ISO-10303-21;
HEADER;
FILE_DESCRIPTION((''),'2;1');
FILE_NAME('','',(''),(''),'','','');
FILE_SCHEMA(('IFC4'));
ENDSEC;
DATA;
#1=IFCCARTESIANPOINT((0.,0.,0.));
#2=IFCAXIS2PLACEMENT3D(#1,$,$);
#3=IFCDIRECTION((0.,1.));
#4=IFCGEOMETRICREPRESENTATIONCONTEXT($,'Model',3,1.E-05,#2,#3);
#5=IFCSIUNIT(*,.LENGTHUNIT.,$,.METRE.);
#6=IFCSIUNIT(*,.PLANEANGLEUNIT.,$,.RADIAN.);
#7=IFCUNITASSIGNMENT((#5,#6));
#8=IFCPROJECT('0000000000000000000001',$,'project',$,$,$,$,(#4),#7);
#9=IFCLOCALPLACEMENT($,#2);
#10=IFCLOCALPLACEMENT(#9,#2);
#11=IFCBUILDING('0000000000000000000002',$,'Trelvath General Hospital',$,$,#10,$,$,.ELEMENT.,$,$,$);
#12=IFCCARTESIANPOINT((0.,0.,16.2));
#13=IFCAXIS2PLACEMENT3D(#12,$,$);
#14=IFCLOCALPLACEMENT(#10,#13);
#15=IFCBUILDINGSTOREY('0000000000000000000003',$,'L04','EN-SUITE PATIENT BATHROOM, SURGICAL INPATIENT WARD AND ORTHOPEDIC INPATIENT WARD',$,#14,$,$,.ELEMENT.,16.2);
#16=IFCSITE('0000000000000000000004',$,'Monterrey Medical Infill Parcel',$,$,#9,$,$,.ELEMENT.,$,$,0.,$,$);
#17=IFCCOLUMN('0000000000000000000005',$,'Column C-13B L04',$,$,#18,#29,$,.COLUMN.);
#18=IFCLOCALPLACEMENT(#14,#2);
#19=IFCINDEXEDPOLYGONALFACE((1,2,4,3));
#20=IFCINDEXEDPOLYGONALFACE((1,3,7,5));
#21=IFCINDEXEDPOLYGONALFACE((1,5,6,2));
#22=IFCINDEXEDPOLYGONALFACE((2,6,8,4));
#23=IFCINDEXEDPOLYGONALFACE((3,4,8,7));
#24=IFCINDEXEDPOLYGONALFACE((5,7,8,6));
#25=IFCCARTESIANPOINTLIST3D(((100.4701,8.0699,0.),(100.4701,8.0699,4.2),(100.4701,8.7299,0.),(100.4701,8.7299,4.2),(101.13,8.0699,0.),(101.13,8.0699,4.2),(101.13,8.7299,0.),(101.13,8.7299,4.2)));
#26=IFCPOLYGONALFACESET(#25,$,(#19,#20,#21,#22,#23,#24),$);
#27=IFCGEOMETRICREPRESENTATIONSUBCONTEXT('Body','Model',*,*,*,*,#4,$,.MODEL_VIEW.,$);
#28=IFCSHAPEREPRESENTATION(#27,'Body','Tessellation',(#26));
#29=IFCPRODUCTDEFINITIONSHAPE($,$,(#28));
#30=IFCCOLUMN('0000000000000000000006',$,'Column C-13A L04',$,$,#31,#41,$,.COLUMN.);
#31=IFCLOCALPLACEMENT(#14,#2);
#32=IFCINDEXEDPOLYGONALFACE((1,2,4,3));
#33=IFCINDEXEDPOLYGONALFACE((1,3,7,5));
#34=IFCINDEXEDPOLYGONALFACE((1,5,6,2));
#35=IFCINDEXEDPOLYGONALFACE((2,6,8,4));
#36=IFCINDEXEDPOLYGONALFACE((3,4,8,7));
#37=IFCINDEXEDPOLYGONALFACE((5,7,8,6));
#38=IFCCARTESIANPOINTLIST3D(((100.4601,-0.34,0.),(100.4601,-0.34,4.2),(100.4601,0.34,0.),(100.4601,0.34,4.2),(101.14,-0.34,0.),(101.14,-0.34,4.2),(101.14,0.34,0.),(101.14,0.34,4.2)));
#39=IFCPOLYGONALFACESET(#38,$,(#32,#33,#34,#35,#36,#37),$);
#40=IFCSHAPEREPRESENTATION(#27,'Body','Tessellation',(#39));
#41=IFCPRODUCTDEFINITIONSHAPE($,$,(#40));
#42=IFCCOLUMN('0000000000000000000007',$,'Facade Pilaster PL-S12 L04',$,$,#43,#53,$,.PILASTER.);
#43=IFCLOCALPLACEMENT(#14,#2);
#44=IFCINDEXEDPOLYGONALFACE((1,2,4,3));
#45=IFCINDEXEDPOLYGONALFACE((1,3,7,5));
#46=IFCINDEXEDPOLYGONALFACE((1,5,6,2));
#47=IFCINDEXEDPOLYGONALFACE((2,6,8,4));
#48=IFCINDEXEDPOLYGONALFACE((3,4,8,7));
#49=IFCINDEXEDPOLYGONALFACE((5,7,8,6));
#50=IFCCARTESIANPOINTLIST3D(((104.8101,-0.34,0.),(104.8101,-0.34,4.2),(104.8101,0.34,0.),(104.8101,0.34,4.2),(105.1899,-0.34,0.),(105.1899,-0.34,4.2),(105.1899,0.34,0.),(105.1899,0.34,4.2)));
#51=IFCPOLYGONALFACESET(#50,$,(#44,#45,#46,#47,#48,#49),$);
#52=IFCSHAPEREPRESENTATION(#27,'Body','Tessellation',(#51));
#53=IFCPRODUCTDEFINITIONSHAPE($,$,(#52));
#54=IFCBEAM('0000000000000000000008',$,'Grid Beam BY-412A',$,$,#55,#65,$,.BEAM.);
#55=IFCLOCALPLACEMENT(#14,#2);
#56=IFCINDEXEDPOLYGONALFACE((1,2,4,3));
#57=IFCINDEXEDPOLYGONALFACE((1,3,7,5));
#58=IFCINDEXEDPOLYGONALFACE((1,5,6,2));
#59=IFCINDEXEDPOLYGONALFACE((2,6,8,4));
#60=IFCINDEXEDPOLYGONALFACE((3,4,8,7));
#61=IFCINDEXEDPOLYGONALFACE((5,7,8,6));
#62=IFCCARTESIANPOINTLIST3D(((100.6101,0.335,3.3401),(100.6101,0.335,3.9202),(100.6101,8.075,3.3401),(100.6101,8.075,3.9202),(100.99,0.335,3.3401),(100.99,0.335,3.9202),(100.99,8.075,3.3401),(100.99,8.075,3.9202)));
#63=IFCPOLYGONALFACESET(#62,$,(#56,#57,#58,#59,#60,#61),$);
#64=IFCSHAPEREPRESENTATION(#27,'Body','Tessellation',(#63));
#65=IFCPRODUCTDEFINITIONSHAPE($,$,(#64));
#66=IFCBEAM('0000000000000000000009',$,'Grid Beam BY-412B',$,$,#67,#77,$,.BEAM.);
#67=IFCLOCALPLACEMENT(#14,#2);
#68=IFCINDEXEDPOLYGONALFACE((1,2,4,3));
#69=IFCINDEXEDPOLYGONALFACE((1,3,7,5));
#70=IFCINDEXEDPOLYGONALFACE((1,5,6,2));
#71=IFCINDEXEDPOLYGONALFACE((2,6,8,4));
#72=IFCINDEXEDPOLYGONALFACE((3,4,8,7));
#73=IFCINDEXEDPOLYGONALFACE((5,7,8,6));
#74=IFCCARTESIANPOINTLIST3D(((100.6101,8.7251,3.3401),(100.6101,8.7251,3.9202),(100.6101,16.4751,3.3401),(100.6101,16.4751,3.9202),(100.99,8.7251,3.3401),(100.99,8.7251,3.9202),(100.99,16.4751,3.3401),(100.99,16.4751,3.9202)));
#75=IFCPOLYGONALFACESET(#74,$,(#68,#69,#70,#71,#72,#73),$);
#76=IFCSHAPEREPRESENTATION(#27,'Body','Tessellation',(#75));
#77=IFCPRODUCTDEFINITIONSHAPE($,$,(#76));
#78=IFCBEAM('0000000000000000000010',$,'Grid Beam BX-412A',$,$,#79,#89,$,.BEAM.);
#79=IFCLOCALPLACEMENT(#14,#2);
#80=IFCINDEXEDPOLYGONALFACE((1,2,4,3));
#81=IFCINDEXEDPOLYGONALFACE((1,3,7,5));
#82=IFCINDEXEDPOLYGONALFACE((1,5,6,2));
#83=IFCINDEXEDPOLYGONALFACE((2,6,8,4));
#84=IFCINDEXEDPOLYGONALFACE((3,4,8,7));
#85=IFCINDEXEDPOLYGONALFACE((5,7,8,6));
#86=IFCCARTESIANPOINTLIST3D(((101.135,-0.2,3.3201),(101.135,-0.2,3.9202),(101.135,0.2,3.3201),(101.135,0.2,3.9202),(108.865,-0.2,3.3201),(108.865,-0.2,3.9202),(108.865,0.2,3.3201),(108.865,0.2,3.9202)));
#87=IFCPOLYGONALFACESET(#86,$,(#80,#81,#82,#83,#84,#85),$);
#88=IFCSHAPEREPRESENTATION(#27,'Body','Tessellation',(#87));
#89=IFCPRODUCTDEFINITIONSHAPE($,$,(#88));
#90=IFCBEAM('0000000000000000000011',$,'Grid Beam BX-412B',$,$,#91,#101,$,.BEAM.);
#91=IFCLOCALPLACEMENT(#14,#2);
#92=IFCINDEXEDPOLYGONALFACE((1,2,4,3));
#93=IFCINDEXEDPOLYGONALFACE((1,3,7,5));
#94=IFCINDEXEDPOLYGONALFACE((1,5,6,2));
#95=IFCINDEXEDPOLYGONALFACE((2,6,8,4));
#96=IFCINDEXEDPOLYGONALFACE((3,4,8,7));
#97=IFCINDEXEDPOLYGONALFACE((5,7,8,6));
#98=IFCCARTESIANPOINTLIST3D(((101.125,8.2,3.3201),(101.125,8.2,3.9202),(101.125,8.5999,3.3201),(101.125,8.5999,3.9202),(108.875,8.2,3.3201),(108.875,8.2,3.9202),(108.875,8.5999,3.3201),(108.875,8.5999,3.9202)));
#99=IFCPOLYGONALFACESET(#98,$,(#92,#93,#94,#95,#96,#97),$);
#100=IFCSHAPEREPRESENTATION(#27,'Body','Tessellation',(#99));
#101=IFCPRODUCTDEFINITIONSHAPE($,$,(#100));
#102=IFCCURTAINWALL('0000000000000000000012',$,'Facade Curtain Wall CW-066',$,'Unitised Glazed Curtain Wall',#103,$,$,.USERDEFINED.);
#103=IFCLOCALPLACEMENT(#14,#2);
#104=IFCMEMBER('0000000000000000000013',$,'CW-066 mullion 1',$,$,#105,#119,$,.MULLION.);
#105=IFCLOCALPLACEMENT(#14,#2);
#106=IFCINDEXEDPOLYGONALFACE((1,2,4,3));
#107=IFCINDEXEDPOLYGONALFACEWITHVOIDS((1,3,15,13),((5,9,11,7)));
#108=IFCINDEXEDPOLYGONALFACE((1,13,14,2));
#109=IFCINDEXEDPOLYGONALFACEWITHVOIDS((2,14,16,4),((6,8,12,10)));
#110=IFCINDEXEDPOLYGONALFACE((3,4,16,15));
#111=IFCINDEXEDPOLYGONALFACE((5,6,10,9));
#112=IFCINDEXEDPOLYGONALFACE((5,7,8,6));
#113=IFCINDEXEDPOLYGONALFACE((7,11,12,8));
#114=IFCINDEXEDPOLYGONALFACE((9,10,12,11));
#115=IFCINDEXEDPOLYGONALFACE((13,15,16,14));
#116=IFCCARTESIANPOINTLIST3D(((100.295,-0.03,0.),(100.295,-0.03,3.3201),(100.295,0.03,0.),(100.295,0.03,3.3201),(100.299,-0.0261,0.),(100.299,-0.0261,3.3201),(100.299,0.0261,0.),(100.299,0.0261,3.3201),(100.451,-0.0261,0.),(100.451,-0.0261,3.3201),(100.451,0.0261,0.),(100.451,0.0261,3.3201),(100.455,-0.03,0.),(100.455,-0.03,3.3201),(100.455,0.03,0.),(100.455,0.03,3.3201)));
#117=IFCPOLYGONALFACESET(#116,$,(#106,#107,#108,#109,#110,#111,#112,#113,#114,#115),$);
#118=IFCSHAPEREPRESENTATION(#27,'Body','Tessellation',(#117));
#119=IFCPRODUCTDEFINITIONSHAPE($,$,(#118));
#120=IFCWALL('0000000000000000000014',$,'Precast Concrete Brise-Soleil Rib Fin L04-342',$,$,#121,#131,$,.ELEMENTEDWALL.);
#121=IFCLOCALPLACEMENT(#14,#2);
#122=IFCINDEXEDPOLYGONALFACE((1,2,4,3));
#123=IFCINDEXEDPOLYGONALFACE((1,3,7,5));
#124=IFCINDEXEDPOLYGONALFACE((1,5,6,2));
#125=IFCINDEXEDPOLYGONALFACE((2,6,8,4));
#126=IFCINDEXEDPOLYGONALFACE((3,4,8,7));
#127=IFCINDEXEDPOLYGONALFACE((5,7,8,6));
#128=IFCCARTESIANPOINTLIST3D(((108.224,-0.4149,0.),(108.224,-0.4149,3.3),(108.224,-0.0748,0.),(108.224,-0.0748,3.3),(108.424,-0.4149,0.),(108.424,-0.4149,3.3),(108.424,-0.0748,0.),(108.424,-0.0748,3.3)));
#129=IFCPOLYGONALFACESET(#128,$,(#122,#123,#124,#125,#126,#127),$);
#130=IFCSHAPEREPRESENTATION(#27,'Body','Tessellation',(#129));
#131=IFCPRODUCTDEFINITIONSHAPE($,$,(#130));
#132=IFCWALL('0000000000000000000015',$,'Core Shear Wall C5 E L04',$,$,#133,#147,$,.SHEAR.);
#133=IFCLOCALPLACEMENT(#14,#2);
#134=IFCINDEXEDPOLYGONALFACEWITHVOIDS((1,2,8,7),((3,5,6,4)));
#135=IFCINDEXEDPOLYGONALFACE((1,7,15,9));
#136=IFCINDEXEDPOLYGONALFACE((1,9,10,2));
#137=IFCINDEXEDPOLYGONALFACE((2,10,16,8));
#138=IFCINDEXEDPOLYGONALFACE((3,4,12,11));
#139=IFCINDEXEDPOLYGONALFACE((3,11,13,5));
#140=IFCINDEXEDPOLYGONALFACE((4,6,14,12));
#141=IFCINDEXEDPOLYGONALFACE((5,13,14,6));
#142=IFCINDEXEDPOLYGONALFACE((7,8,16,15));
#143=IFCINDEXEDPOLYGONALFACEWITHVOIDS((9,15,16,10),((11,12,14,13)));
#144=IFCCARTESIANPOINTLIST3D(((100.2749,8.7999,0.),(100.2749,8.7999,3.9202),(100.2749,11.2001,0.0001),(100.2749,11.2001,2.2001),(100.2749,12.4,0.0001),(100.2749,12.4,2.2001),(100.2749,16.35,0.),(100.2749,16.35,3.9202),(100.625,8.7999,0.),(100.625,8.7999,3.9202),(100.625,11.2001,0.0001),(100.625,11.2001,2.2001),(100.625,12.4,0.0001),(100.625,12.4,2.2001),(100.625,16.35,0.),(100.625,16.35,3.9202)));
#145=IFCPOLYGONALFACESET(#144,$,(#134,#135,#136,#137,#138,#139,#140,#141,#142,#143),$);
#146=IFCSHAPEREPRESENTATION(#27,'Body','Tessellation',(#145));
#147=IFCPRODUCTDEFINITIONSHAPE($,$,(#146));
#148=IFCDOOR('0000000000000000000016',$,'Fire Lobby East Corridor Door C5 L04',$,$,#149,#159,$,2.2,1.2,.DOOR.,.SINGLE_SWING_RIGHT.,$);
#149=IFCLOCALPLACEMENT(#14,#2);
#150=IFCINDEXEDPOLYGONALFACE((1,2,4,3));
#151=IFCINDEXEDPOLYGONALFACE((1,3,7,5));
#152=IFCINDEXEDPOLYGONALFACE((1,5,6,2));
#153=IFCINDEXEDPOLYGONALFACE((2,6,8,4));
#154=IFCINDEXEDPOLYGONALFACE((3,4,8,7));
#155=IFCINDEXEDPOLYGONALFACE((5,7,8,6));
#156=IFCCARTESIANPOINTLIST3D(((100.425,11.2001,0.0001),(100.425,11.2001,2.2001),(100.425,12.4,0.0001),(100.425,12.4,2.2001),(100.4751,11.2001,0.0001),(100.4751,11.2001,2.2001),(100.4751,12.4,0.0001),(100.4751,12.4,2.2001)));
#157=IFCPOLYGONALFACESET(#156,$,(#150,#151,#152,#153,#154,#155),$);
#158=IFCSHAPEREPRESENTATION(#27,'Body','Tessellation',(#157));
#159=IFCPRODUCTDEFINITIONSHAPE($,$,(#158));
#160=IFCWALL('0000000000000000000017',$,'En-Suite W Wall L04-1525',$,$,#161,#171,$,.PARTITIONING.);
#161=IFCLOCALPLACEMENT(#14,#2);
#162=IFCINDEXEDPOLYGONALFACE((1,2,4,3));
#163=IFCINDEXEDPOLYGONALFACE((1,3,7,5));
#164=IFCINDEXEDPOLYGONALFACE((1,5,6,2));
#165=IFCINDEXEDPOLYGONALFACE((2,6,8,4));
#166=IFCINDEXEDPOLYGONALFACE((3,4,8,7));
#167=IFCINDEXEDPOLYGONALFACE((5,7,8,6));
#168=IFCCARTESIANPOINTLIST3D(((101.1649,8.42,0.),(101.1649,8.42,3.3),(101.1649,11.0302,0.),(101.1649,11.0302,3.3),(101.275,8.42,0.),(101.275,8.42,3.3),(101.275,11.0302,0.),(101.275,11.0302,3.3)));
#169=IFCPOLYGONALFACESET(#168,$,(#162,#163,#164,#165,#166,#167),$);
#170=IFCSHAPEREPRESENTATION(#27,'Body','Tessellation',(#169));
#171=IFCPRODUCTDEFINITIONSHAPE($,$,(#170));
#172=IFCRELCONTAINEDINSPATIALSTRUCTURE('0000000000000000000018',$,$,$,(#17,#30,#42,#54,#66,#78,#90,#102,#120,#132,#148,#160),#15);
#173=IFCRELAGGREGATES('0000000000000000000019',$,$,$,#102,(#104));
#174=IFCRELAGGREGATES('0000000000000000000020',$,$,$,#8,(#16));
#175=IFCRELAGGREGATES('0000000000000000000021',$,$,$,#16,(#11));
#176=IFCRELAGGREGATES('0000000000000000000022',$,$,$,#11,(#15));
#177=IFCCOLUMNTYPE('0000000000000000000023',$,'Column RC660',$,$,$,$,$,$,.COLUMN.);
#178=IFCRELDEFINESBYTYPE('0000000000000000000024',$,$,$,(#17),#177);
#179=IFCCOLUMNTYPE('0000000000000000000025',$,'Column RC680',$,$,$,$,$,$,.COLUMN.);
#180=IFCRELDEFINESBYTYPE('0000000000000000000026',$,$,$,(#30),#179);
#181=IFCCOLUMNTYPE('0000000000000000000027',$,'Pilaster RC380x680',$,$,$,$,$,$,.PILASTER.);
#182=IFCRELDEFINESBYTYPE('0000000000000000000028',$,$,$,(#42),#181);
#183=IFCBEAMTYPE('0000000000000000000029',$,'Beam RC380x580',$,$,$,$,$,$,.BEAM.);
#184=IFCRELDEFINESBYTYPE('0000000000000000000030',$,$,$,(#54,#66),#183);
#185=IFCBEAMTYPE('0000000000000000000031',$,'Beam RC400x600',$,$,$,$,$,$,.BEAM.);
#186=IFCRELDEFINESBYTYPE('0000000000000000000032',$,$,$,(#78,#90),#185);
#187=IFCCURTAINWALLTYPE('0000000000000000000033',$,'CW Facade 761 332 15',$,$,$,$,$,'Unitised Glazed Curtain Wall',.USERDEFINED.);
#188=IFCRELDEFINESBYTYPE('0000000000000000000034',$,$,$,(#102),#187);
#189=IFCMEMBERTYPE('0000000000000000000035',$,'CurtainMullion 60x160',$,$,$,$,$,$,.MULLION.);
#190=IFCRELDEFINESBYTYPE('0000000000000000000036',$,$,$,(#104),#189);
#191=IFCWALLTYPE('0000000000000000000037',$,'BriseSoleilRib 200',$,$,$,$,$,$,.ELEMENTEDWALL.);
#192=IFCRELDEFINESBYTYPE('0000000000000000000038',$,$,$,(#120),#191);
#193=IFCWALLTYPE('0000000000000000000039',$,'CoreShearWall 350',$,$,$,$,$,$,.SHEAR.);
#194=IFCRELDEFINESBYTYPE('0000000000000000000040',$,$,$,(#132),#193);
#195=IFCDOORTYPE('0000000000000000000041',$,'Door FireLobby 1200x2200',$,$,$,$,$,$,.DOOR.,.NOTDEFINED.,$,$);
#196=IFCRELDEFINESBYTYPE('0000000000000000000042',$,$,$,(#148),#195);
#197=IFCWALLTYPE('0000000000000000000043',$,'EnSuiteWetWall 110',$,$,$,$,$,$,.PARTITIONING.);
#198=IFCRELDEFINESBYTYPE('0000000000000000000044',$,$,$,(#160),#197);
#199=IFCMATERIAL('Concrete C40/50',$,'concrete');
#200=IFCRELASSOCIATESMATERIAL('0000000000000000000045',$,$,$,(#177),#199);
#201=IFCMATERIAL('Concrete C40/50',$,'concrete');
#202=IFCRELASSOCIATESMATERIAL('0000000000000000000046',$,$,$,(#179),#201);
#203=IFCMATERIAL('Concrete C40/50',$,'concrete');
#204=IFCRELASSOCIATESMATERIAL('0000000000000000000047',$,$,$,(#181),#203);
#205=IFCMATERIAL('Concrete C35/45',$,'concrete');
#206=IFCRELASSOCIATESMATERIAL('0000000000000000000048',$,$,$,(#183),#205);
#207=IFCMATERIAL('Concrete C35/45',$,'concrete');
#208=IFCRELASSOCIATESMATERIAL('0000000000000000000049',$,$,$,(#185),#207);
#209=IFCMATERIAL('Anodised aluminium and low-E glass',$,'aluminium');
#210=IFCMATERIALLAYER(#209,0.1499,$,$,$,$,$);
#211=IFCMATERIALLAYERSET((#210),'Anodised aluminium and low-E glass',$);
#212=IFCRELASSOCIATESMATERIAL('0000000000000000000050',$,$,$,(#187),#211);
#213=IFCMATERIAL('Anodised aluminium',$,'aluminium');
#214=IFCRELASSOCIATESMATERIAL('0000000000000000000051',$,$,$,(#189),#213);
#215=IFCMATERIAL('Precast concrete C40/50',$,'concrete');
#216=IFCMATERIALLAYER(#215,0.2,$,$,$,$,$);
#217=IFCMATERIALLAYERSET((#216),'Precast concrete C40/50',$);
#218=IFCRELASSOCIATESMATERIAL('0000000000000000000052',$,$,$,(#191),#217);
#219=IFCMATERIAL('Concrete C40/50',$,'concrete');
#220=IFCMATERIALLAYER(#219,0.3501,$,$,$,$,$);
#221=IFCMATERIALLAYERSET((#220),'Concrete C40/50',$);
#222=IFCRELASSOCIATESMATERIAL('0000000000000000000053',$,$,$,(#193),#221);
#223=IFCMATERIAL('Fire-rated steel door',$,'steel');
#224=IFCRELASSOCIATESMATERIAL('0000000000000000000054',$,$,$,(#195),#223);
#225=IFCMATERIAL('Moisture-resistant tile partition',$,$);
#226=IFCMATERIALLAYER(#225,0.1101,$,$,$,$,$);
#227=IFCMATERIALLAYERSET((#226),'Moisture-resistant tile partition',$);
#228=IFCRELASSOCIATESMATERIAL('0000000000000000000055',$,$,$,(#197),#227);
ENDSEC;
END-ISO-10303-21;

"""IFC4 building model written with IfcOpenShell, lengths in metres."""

from ifc_helpers import new_model, si_unit, direction, frame, frame_2d, origin, origin_2d, place, context, subcontext, project, spatial, rectangle, hollow_rectangle, extrude, material, layer, layer_set, material_profile, profile_set, type_object, element, fill, aggregate, save


model = new_model("IFC4")

# Units and contexts
model_context = context("Model", 3, precision=1e-05, world=origin(), true_north=direction((0.0, 1.0)))
body_context = subcontext(model_context, "Body", "Model", "MODEL_VIEW")
ifc_project = project(units=[si_unit("LENGTHUNIT", "METRE"), si_unit("PLANEANGLEUNIT", "RADIAN")], contexts=[model_context])

# Site, building, storey
site_placement = place(None, origin())
site = spatial("IfcSite", under=ifc_project, at=site_placement, Name="Monterrey Medical Infill Parcel", CompositionType="ELEMENT", RefElevation=0.0)
building_placement = place(site_placement, origin())
building = spatial("IfcBuilding", under=site, at=building_placement, Name="Trelvath General Hospital", CompositionType="ELEMENT")
storey_placement = place(building_placement, frame((0.0, 0.0, 16.2)))
storey = spatial("IfcBuildingStorey", under=building, at=storey_placement, Name="L04", Description="EN-SUITE PATIENT BATHROOM, SURGICAL INPATIENT WARD AND ORTHOPEDIC INPATIENT WARD", CompositionType="ELEMENT", Elevation=16.2)

# Columns
ifc_material_1 = material(Name="Concrete C40/50", Category="concrete")
ifc_material_profile_1 = material_profile(ifc_material_1, rectangle(XDim=0.6599, YDim=0.6599, at=origin_2d()), Name="RC660x660")
ifc_profile_set_1 = profile_set([ifc_material_profile_1], Name="Concrete C40/50")
column_type_1 = type_object("IfcColumnType", Name="Column RC660", PredefinedType="COLUMN", material=ifc_profile_set_1)
column_1_placement = place(storey_placement, frame((100.8, 8.3999, 0.0), z_axis=(0.0, 0.0, 1.0), x_axis=(1.0, 0.0, 0.0)))
element("IfcColumn", 1, at=column_1_placement, inside=storey, type_object=column_type_1, Name="Column C-13B L04", PredefinedType="COLUMN", context=body_context, shape_type="SweptSolid", body=[
    extrude(rectangle(XDim=0.6599, YDim=0.6599, at=origin_2d()), origin(), (0.0, 0.0, 1.0), 4.2),
])
ifc_material_2 = material(Name="Concrete C40/50", Category="concrete")
ifc_material_profile_2 = material_profile(ifc_material_2, rectangle(XDim=0.6799, YDim=0.6799, at=origin_2d()), Name="RC680x680")
ifc_profile_set_2 = profile_set([ifc_material_profile_2], Name="Concrete C40/50")
column_type_2 = type_object("IfcColumnType", Name="Column RC680", PredefinedType="COLUMN", material=ifc_profile_set_2)
column_2_placement = place(storey_placement, frame((100.8, 0.0, 0.0), z_axis=(0.0, 0.0, 1.0), x_axis=(1.0, 0.0, 0.0)))
element("IfcColumn", 2, at=column_2_placement, inside=storey, type_object=column_type_2, Name="Column C-13A L04", PredefinedType="COLUMN", context=body_context, shape_type="SweptSolid", body=[
    extrude(rectangle(XDim=0.6799, YDim=0.6799, at=origin_2d()), origin(), (0.0, 0.0, 1.0), 4.2),
])
ifc_material_3 = material(Name="Concrete C40/50", Category="concrete")
ifc_material_profile_3 = material_profile(ifc_material_3, rectangle(XDim=0.3799, YDim=0.6799, at=origin_2d()), Name="RC380x680")
ifc_profile_set_3 = profile_set([ifc_material_profile_3], Name="Concrete C40/50")
column_type_3 = type_object("IfcColumnType", Name="Pilaster RC380x680", PredefinedType="PILASTER", material=ifc_profile_set_3)
column_3_placement = place(storey_placement, frame((105.0, 0.0, 0.0), z_axis=(0.0, 0.0, 1.0), x_axis=(1.0, 0.0, 0.0)))
element("IfcColumn", 3, at=column_3_placement, inside=storey, type_object=column_type_3, Name="Facade Pilaster PL-S12 L04", PredefinedType="PILASTER", context=body_context, shape_type="SweptSolid", body=[
    extrude(rectangle(XDim=0.3799, YDim=0.6799, at=origin_2d()), origin(), (0.0, 0.0, 1.0), 4.2),
])

# Beams
ifc_material_4 = material(Name="Concrete C35/45", Category="concrete")
ifc_material_profile_4 = material_profile(ifc_material_4, rectangle(XDim=0.3799, YDim=0.5801, at=origin_2d()), Name="RCB380x580")
ifc_profile_set_4 = profile_set([ifc_material_profile_4], Name="Concrete C35/45")
beam_type_1 = type_object("IfcBeamType", Name="Beam RC380x580", PredefinedType="BEAM", material=ifc_profile_set_4)
beam_1_placement = place(storey_placement, frame((100.8, 0.335, 3.6301), z_axis=(0.0, 1.0, 0.0), x_axis=(-1.0, 0.0, 0.0)))
element("IfcBeam", 4, at=beam_1_placement, inside=storey, type_object=beam_type_1, Name="Grid Beam BY-412A", PredefinedType="BEAM", context=body_context, shape_type="SweptSolid", body=[
    extrude(rectangle(XDim=0.3799, YDim=0.5801, at=origin_2d()), origin(), (0.0, 0.0, 1.0), 7.74),
])
beam_2_placement = place(storey_placement, frame((100.8, 8.7251, 3.6301), z_axis=(0.0, 1.0, 0.0), x_axis=(-1.0, 0.0, 0.0)))
element("IfcBeam", 5, at=beam_2_placement, inside=storey, type_object=beam_type_1, Name="Grid Beam BY-412B", PredefinedType="BEAM", context=body_context, shape_type="SweptSolid", body=[
    extrude(rectangle(XDim=0.3799, YDim=0.5801, at=origin_2d()), origin(), (0.0, 0.0, 1.0), 7.75),
])
ifc_material_5 = material(Name="Concrete C35/45", Category="concrete")
ifc_material_profile_5 = material_profile(ifc_material_5, rectangle(XDim=0.3999, YDim=0.6001, at=origin_2d()), Name="RCB400x600")
ifc_profile_set_5 = profile_set([ifc_material_profile_5], Name="Concrete C35/45")
beam_type_2 = type_object("IfcBeamType", Name="Beam RC400x600", PredefinedType="BEAM", material=ifc_profile_set_5)
beam_3_placement = place(storey_placement, frame((101.135, 0.0, 3.6201), z_axis=(1.0, 0.0, 0.0), x_axis=(0.0, 1.0, 0.0)))
element("IfcBeam", 6, at=beam_3_placement, inside=storey, type_object=beam_type_2, Name="Grid Beam BX-412A", PredefinedType="BEAM", context=body_context, shape_type="SweptSolid", body=[
    extrude(rectangle(XDim=0.3999, YDim=0.6001, at=origin_2d()), origin(), (0.0, 0.0, 1.0), 7.73),
])
beam_4_placement = place(storey_placement, frame((101.125, 8.3999, 3.6201), z_axis=(1.0, 0.0, 0.0), x_axis=(0.0, 1.0, 0.0)))
element("IfcBeam", 7, at=beam_4_placement, inside=storey, type_object=beam_type_2, Name="Grid Beam BX-412B", PredefinedType="BEAM", context=body_context, shape_type="SweptSolid", body=[
    extrude(rectangle(XDim=0.3999, YDim=0.6001, at=origin_2d()), origin(), (0.0, 0.0, 1.0), 7.75),
])

# Curtain wall, member
ifc_material_6 = material(Name="Anodised aluminium and low-E glass", Category="aluminium")
ifc_layer_1 = layer(ifc_material_6, 0.1499)
ifc_layer_set_1 = layer_set([ifc_layer_1], Name="Anodised aluminium and low-E glass")
curtain_wall_type = type_object("IfcCurtainWallType", Name="CW Facade 761 332 15", ElementType="Unitised Glazed Curtain Wall", PredefinedType="USERDEFINED", material=ifc_layer_set_1)
curtain_wall_placement = place(storey_placement, origin())
curtain_wall = element("IfcCurtainWall", 8, at=curtain_wall_placement, inside=storey, type_object=curtain_wall_type, Name="Facade Curtain Wall CW-066", ObjectType="Unitised Glazed Curtain Wall", PredefinedType="USERDEFINED")
ifc_material_7 = material(Name="Anodised aluminium", Category="aluminium")
ifc_material_profile_6 = material_profile(ifc_material_7, hollow_rectangle(XDim=0.0601, YDim=0.1599, WallThickness=0.0039, at=origin_2d()), Name="RHS60x160x4")
ifc_profile_set_6 = profile_set([ifc_material_profile_6], Name="Anodised aluminium")
member_type = type_object("IfcMemberType", Name="CurtainMullion 60x160", PredefinedType="MULLION", material=ifc_profile_set_6)
member_placement = place(storey_placement, frame((100.375, 0.0, 0.0), z_axis=(0.0, 0.0, 1.0), x_axis=(0.0, -1.0, 0.0)))
member = element("IfcMember", 9, at=member_placement, type_object=member_type, Name="CW-066 mullion 1", PredefinedType="MULLION", context=body_context, shape_type="SweptSolid", body=[
    extrude(hollow_rectangle(XDim=0.0601, YDim=0.1599, WallThickness=0.0039, at=origin_2d()), origin(), (0.0, 0.0, 1.0), 3.3201),
])
aggregate(curtain_wall, [member])

# Wall
ifc_material_8 = material(Name="Precast concrete C40/50", Category="concrete")
ifc_layer_2 = layer(ifc_material_8, 0.2)
ifc_layer_set_2 = layer_set([ifc_layer_2], Name="Precast concrete C40/50")
wall_type_1 = type_object("IfcWallType", Name="BriseSoleilRib 200", PredefinedType="ELEMENTEDWALL", material=ifc_layer_set_2)
wall_1_placement = place(storey_placement, frame((108.324, -0.075, 0.0), z_axis=(0.0, 0.0, 1.0), x_axis=(0.0, -1.0, 0.0)))
element("IfcWall", 10, at=wall_1_placement, inside=storey, type_object=wall_type_1, Name="Precast Concrete Brise-Soleil Rib Fin L04-342", PredefinedType="ELEMENTEDWALL", context=body_context, shape_type="SweptSolid", body=[
    extrude(rectangle(XDim=0.3401, YDim=0.2, at=frame_2d((0.1699, 0.0))), origin(), (0.0, 0.0, 1.0), 3.3),
])

# Wall, opening, door
ifc_material_9 = material(Name="Concrete C40/50", Category="concrete")
ifc_layer_3 = layer(ifc_material_9, 0.3501)
ifc_layer_set_3 = layer_set([ifc_layer_3], Name="Concrete C40/50")
wall_type_2 = type_object("IfcWallType", Name="CoreShearWall 350", PredefinedType="SHEAR", material=ifc_layer_set_3)
wall_2_placement = place(storey_placement, frame((100.45, 8.8, 0.0), z_axis=(0.0, 0.0, 1.0), x_axis=(0.0, 1.0, 0.0)))
wall_2 = element("IfcWall", 11, at=wall_2_placement, inside=storey, type_object=wall_type_2, Name="Core Shear Wall C5 E L04", PredefinedType="SHEAR", context=body_context, shape_type="SweptSolid", body=[
    extrude(rectangle(XDim=7.55, YDim=0.3501, at=frame_2d((3.7749, 0.0))), origin(), (0.0, 0.0, 1.0), 3.9202),
])
opening_1_placement = place(wall_2_placement, frame((2.3999, 0.0, 0.0)))
opening_1 = element("IfcOpeningElement", 12, at=opening_1_placement, cuts=wall_2, PredefinedType="OPENING", context=body_context, shape_type="SweptSolid", body=[
    extrude(rectangle(XDim=1.2, YDim=2.2, at=frame_2d((0.6001, 1.1001))), frame((0.0, 0.1851, 0.0), z_axis=(0.0, -1.0, 0.0), x_axis=(1.0, 0.0, 0.0)), (0.0, 0.0, 1.0), 0.3701),
])
ifc_material_10 = material(Name="Fire-rated steel door", Category="steel")
door_type_1 = type_object("IfcDoorType", Name="Door FireLobby 1200x2200", OperationType="NOTDEFINED", PredefinedType="DOOR", material=ifc_material_10)
door_1_placement = place(opening_1_placement, origin())
door_1 = element("IfcDoor", 13, at=door_1_placement, inside=storey, type_object=door_type_1, Name="Fire Lobby East Corridor Door C5 L04", OperationType="SINGLE_SWING_RIGHT", OverallHeight=2.2, OverallWidth=1.2, PredefinedType="DOOR", context=body_context, shape_type="SweptSolid", body=[
    extrude(rectangle(XDim=1.2, YDim=2.2, at=frame_2d((0.6001, 1.1001))), frame((0.0, 0.0249, 0.0), z_axis=(0.0, -1.0, 0.0), x_axis=(1.0, 0.0, 0.0)), (0.0, 0.0, 1.0), 0.05),
])
fill(opening_1, door_1)

# Wall
ifc_material_11 = material(Name="Moisture-resistant tile partition")
ifc_layer_4 = layer(ifc_material_11, 0.1101)
ifc_layer_set_4 = layer_set([ifc_layer_4], Name="Moisture-resistant tile partition")
wall_type_3 = type_object("IfcWallType", Name="EnSuiteWetWall 110", PredefinedType="PARTITIONING", material=ifc_layer_set_4)
for number, where, z_axis, x_axis, name in (
    (14, (101.22, 8.4199, 0.0), (0.0, 0.0, 1.0), (0.0, 1.0, 0.0), "En-Suite W Wall L04-1525"),
):
    element("IfcWall", number, at=place(storey_placement, frame(where, z_axis=z_axis, x_axis=x_axis)), inside=storey, type_object=wall_type_3, Name=name, PredefinedType="PARTITIONING", context=body_context, shape_type="SweptSolid", body=[
        extrude(rectangle(XDim=2.6101, YDim=0.1101, at=frame_2d((1.3052, 0.0))), origin(), (0.0, 0.0, 1.0), 3.3),
    ])

save(model, "model.ifc")
